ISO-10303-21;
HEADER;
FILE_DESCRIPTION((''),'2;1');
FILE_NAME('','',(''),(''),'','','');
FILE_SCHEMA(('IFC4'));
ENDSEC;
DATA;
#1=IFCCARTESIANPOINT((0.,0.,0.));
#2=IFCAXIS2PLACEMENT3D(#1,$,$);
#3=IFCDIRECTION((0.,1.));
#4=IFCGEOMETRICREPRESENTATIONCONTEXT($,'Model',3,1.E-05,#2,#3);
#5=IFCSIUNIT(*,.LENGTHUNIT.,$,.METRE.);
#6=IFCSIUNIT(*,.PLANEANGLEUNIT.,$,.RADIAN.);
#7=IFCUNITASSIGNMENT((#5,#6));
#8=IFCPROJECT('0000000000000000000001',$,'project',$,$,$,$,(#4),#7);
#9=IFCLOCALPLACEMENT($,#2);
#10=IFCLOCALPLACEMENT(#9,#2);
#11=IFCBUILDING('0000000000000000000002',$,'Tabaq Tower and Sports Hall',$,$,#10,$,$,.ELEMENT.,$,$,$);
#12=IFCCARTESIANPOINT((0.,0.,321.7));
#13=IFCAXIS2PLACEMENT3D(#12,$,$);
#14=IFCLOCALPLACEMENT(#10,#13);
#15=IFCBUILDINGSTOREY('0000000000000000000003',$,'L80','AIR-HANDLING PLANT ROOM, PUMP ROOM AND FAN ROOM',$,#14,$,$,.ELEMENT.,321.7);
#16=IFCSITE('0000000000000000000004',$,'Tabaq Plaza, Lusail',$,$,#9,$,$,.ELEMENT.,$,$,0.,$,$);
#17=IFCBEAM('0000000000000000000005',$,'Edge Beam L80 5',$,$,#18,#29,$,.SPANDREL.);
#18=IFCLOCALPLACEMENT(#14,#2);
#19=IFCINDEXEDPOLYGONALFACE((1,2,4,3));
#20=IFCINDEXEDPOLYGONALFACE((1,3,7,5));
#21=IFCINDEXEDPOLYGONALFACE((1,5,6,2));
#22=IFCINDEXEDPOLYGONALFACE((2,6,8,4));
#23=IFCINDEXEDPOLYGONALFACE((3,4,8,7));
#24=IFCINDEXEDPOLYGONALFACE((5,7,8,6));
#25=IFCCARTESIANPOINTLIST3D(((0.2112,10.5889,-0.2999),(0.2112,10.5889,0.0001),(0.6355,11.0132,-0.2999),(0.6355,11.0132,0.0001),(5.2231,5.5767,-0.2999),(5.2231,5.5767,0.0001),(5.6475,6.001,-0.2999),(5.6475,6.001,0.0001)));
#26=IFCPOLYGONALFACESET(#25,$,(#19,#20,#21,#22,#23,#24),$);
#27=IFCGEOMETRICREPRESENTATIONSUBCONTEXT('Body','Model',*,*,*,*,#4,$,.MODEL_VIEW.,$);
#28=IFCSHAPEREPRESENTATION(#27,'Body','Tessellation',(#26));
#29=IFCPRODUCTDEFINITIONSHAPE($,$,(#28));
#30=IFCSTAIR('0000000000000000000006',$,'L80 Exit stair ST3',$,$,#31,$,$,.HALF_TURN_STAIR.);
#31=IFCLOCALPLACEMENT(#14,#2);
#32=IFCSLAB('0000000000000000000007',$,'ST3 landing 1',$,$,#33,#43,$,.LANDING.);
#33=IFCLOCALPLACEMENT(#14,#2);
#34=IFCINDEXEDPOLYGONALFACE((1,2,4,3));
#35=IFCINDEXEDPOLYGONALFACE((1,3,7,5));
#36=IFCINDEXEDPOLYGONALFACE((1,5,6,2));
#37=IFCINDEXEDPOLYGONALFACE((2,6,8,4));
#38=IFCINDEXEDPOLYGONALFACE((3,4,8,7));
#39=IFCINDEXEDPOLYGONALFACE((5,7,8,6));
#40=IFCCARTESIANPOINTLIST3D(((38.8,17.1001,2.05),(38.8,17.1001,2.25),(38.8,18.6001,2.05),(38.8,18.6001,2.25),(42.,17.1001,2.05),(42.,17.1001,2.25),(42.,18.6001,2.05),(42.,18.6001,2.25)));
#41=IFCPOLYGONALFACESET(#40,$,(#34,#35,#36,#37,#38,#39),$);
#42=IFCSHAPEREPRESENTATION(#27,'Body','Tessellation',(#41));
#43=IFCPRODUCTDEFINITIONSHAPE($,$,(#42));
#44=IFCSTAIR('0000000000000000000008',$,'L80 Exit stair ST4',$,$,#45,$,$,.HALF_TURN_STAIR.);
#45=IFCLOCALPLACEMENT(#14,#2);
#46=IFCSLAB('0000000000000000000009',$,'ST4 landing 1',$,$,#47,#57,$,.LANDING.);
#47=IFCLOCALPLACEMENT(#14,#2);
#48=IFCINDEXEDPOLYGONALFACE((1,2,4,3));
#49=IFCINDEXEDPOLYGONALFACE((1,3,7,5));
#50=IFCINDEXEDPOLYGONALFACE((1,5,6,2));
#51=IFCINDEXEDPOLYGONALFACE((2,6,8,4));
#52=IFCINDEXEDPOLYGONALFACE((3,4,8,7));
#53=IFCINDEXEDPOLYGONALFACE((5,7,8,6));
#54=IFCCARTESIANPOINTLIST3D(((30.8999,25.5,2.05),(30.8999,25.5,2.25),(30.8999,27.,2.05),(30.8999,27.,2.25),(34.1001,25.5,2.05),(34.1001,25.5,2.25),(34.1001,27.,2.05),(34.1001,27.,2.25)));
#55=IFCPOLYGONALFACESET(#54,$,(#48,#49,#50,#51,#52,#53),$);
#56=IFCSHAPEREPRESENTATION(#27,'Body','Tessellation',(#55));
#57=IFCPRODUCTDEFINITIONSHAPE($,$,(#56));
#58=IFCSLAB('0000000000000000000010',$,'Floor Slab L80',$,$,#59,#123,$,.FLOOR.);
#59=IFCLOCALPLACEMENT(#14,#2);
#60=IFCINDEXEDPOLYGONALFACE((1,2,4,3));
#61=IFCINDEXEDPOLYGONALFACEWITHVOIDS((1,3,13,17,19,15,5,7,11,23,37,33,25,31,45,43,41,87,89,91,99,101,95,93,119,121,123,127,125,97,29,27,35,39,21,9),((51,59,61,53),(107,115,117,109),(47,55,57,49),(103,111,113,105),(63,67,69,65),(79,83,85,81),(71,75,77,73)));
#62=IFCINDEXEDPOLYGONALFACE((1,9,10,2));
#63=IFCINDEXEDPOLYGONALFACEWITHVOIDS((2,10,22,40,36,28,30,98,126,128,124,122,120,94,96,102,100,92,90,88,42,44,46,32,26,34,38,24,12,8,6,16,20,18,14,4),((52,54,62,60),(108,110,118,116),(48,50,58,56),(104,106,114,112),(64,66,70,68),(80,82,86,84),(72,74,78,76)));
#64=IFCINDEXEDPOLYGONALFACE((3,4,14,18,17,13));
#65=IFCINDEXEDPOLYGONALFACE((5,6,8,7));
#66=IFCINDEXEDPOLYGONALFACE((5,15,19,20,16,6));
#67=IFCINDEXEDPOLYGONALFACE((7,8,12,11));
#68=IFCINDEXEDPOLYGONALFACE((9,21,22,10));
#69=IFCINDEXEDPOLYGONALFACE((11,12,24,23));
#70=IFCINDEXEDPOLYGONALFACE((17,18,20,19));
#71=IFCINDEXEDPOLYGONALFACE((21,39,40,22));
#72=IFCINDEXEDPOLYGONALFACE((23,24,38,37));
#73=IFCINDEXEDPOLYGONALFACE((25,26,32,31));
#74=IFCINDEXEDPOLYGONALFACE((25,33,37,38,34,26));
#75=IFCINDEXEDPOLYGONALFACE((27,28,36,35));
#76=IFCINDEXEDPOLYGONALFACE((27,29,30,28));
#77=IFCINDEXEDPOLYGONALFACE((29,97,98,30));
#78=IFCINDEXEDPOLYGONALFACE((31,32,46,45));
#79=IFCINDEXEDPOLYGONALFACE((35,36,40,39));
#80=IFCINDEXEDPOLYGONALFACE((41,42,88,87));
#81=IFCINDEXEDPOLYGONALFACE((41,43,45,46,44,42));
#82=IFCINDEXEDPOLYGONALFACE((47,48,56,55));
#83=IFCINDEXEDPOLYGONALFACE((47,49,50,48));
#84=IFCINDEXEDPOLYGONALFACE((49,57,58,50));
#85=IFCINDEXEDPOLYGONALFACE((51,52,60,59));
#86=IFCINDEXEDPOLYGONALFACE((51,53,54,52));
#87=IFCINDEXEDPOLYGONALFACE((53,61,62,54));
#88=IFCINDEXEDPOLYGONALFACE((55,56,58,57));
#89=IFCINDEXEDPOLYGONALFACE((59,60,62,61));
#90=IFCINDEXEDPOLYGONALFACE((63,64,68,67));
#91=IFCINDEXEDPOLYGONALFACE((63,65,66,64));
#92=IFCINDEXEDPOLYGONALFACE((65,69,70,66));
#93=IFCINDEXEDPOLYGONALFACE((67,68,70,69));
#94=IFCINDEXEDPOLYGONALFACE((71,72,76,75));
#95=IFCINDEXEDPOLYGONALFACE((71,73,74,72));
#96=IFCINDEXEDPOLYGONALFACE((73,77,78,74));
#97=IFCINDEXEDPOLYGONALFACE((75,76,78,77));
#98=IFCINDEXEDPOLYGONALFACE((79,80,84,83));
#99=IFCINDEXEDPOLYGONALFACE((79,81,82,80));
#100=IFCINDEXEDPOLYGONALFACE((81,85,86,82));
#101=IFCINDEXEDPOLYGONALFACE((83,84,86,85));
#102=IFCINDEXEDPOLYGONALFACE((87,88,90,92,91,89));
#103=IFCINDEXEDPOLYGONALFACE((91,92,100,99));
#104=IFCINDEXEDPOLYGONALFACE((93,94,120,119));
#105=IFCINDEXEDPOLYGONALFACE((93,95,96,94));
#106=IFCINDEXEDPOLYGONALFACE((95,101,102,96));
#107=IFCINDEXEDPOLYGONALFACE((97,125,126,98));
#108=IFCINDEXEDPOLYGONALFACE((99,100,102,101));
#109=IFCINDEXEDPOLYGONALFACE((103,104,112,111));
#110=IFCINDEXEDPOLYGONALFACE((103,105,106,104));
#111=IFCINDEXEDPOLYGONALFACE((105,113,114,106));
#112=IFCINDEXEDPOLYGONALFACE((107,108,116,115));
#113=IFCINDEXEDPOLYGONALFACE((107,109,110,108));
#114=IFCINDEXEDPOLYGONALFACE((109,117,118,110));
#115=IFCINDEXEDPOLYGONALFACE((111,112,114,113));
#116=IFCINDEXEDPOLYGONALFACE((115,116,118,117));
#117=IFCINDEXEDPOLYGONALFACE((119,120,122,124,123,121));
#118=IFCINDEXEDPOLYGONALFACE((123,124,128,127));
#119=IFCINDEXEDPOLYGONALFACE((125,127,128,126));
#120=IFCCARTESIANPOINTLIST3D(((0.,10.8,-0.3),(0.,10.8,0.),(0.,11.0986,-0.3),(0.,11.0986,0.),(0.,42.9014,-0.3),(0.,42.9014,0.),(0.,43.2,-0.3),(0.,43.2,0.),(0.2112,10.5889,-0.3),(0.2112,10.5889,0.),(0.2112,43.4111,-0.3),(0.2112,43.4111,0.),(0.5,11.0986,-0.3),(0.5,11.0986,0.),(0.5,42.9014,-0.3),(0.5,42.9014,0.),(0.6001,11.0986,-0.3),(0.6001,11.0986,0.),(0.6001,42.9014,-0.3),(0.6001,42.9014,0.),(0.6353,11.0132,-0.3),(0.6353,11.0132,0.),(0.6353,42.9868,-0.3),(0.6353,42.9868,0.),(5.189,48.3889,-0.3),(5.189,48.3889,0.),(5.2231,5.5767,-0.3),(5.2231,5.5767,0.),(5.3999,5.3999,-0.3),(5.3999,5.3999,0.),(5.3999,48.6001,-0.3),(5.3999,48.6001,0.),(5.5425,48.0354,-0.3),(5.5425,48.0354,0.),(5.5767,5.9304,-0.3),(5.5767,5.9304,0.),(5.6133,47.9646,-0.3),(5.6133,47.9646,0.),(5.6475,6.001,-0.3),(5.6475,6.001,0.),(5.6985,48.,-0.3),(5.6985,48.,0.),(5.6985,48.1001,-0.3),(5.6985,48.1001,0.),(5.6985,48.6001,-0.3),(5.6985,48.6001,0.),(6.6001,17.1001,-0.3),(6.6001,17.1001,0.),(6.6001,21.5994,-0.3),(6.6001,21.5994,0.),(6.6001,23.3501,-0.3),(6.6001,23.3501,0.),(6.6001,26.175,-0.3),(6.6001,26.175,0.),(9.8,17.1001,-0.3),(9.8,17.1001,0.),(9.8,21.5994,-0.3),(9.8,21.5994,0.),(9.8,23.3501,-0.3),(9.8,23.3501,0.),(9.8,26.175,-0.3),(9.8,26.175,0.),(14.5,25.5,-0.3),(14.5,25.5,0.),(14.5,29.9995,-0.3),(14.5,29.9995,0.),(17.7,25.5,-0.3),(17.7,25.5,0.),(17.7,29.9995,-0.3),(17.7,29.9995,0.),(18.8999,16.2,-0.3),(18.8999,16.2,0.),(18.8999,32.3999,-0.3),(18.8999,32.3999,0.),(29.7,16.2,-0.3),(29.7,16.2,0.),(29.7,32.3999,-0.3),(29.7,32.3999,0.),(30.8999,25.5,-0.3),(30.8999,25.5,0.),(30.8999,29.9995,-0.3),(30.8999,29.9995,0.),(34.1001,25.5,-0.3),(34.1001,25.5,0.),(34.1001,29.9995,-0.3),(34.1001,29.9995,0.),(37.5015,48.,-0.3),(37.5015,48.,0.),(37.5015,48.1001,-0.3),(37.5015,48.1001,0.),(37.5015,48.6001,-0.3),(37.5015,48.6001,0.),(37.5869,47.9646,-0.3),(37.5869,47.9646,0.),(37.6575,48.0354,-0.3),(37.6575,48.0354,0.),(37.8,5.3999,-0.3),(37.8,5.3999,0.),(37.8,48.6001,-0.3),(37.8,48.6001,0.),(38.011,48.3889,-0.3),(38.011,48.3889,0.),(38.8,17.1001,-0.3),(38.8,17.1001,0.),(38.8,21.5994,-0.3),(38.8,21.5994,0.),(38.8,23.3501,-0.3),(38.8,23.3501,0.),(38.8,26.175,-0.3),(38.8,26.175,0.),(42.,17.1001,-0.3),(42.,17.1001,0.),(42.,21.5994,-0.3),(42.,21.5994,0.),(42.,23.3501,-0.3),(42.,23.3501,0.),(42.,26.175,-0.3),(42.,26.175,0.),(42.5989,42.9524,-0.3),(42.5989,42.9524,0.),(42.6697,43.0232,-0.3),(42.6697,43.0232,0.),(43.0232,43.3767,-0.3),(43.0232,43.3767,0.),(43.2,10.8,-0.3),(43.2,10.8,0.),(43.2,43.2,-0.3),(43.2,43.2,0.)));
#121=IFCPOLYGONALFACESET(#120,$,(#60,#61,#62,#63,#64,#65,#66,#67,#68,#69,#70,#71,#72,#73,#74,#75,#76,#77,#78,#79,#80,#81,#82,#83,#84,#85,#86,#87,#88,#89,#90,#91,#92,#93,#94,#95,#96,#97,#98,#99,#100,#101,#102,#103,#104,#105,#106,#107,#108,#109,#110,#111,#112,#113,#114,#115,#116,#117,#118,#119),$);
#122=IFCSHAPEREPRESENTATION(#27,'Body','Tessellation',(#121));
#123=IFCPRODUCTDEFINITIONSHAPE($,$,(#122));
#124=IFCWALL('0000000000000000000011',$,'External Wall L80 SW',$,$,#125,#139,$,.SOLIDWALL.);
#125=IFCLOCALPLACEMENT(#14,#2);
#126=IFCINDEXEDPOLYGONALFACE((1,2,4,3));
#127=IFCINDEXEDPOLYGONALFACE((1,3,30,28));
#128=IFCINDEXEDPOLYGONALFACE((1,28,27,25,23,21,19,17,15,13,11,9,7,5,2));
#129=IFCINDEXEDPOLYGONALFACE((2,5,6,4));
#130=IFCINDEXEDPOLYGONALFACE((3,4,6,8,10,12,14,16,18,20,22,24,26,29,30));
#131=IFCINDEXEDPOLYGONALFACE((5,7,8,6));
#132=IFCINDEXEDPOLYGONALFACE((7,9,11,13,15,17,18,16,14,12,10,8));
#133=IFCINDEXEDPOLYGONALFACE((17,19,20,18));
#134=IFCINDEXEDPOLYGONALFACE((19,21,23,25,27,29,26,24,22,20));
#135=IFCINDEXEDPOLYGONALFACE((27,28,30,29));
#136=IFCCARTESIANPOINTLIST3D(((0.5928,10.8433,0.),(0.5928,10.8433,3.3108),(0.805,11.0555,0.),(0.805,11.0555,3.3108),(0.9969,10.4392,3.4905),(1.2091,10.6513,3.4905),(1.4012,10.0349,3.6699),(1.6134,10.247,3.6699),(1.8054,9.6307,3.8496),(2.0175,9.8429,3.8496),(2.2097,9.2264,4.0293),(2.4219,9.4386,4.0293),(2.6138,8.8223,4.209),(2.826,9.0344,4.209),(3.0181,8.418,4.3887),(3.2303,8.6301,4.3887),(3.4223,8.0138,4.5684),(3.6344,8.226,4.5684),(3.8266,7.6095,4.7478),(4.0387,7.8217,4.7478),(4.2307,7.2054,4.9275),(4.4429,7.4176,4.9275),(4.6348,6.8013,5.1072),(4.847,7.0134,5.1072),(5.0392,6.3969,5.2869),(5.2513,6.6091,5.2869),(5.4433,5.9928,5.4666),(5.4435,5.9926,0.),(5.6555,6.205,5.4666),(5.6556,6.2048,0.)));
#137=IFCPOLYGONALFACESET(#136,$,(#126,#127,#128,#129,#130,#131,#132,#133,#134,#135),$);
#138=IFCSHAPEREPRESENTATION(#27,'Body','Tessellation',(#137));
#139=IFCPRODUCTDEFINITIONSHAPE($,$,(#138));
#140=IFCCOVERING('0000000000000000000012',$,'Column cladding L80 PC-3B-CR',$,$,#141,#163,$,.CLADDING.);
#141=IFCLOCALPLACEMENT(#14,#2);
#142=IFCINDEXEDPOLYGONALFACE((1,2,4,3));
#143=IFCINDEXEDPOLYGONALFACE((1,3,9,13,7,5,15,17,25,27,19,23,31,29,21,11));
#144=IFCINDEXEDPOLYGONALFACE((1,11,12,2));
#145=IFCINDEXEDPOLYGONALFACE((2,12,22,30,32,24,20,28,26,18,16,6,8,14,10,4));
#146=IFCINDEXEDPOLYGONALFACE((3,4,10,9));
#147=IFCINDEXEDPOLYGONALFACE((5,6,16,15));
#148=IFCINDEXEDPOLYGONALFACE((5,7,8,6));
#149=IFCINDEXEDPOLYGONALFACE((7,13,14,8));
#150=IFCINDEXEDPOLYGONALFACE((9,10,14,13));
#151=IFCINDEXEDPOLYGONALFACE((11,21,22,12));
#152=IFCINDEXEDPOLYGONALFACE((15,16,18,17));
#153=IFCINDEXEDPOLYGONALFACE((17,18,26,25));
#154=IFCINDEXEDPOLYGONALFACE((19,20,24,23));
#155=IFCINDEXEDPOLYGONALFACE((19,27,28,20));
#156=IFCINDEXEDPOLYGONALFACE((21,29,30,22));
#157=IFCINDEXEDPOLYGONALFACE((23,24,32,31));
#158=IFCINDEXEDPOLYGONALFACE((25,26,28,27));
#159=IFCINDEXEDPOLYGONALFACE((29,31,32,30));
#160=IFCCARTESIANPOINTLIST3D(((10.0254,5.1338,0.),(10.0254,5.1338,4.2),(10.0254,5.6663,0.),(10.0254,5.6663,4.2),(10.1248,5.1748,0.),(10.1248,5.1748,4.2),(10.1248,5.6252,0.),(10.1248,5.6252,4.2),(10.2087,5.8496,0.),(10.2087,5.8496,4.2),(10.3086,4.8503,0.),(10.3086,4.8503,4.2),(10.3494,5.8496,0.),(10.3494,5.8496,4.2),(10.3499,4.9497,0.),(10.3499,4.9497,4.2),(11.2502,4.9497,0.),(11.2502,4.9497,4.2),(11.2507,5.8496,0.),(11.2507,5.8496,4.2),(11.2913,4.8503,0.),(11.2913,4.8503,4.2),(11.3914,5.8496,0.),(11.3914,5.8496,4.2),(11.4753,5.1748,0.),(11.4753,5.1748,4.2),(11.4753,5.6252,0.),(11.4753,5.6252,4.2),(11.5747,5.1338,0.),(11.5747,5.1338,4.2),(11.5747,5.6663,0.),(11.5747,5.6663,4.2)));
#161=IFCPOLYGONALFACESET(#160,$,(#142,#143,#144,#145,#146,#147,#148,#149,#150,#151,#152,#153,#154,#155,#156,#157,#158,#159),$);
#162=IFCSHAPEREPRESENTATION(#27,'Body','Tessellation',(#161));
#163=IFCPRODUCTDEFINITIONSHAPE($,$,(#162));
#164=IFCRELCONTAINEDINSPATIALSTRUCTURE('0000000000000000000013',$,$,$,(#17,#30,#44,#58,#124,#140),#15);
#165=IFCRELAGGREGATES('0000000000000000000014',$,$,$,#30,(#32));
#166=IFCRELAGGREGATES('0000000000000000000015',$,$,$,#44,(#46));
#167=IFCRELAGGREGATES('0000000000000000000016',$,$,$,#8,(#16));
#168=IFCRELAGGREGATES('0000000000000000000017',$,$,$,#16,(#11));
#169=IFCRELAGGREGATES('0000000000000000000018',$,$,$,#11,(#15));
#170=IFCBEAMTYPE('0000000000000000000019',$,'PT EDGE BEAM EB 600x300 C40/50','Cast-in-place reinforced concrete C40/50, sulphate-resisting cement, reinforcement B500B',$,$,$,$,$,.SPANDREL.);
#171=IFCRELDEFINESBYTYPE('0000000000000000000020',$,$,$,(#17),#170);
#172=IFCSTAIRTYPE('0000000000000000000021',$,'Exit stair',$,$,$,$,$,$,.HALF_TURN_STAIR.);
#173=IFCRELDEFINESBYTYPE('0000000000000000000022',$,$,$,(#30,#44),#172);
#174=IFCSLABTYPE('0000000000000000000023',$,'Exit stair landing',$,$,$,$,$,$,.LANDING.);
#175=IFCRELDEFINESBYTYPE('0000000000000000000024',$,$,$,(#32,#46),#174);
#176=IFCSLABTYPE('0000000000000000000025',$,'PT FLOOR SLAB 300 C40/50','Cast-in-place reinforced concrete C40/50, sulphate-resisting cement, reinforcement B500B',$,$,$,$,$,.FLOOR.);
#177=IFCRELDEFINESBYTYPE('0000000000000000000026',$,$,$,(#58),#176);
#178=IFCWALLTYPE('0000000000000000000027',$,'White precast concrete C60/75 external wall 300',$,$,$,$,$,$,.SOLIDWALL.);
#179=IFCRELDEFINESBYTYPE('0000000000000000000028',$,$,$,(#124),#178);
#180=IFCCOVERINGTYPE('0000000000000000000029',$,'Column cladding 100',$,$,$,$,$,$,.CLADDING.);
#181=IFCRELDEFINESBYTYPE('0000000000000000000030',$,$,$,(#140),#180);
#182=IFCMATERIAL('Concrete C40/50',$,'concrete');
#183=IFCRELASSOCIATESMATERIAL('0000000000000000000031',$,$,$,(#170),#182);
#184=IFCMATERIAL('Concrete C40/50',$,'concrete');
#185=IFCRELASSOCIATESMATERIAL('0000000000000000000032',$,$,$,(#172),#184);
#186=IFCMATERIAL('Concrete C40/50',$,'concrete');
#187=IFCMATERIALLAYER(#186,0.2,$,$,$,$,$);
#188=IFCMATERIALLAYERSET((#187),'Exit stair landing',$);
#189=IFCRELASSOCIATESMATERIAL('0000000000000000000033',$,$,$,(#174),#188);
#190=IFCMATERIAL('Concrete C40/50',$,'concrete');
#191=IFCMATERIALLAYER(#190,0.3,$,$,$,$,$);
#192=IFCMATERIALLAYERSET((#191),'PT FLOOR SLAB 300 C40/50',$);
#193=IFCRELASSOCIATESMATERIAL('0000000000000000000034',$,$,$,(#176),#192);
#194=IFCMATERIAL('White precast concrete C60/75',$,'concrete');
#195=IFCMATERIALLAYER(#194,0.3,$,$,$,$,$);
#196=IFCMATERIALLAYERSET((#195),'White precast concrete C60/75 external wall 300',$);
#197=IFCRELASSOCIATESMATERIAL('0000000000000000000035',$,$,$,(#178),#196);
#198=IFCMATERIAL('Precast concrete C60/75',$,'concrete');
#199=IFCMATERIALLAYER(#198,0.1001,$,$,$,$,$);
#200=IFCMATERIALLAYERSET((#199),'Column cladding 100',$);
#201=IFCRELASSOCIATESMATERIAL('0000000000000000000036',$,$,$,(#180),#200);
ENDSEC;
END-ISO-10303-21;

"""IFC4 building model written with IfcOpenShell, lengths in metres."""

from ifc_helpers import new_model, si_unit, direction, frame, origin, origin_2d, place, context, subcontext, project, spatial, polyline, rectangle, outline, extrude, material, layer, layer_set, material_profile, profile_set, type_object, element, aggregate, save


model = new_model("IFC4")

# Units and contexts
model_context = context("Model", 3, precision=1e-05, world=origin(), true_north=direction((0.0, 1.0)))
body_context = subcontext(model_context, "Body", "Model", "MODEL_VIEW")
ifc_project = project(units=[si_unit("LENGTHUNIT", "METRE"), si_unit("PLANEANGLEUNIT", "RADIAN")], contexts=[model_context])

# Site, building, storey
site_placement = place(None, origin())
site = spatial("IfcSite", under=ifc_project, at=site_placement, Name="Tabaq Plaza, Lusail", CompositionType="ELEMENT", RefElevation=0.0)
building_placement = place(site_placement, origin())
building = spatial("IfcBuilding", under=site, at=building_placement, Name="Tabaq Tower and Sports Hall", CompositionType="ELEMENT")
storey_placement = place(building_placement, frame((0.0, 0.0, 321.7)))
storey = spatial("IfcBuildingStorey", under=building, at=storey_placement, Name="L80", Description="AIR-HANDLING PLANT ROOM, PUMP ROOM AND FAN ROOM", CompositionType="ELEMENT", Elevation=321.7)

# Beam
ifc_material_1 = material(Name="Concrete C40/50", Category="concrete")
ifc_material_profile = material_profile(ifc_material_1, rectangle(XDim=0.6001, YDim=0.3, at=origin_2d()), Name="EB 600x300")
ifc_profile_set = profile_set([ifc_material_profile], Name="Concrete C40/50")
beam_type = type_object("IfcBeamType", Name="PT EDGE BEAM EB 600x300 C40/50", Description="Cast-in-place reinforced concrete C40/50, sulphate-resisting cement, reinforcement B500B", PredefinedType="SPANDREL", material=ifc_profile_set)
beam_placement = place(storey_placement, frame((0.4233, 10.801, -0.1499), z_axis=(0.70709, -0.707124, 0.0), x_axis=(0.707124, 0.70709, 0.0)))
element("IfcBeam", 1, at=beam_placement, inside=storey, type_object=beam_type, Name="Edge Beam L80 5", PredefinedType="SPANDREL", context=body_context, shape_type="SweptSolid", body=[
    extrude(rectangle(XDim=0.6001, YDim=0.3, at=origin_2d()), origin(), (0.0, 0.0, 1.0), 7.0881),
])

# Stairs, slabs
ifc_material_2 = material(Name="Concrete C40/50", Category="concrete")
stair_type = type_object("IfcStairType", Name="Exit stair", PredefinedType="HALF_TURN_STAIR", material=ifc_material_2)
stair_1_placement = place(storey_placement, origin())
stair_1 = element("IfcStair", 2, at=stair_1_placement, inside=storey, type_object=stair_type, Name="L80 Exit stair ST3", PredefinedType="HALF_TURN_STAIR")
ifc_material_3 = material(Name="Concrete C40/50", Category="concrete")
ifc_layer_1 = layer(ifc_material_3, 0.2)
ifc_layer_set_1 = layer_set([ifc_layer_1], Name="Exit stair landing")
slab_type_1 = type_object("IfcSlabType", Name="Exit stair landing", PredefinedType="LANDING", material=ifc_layer_set_1)
slab_1_placement = place(storey_placement, frame((0.0, 0.0, 2.05)))
slab_1 = element("IfcSlab", 3, at=slab_1_placement, type_object=slab_type_1, Name="ST3 landing 1", PredefinedType="LANDING", context=body_context, shape_type="SweptSolid", body=[
    extrude(outline(polyline([(38.8, 18.6001), (38.8, 17.1001), (42.0, 17.1001), (42.0, 18.6001), (38.8, 18.6001)])), origin(), (0.0, 0.0, 1.0), 0.2),
])
aggregate(stair_1, [slab_1])
stair_2_placement = place(storey_placement, origin())
stair_2 = element("IfcStair", 4, at=stair_2_placement, inside=storey, type_object=stair_type, Name="L80 Exit stair ST4", PredefinedType="HALF_TURN_STAIR")
slab_2_placement = place(storey_placement, frame((0.0, 0.0, 2.05)))
slab_2 = element("IfcSlab", 5, at=slab_2_placement, type_object=slab_type_1, Name="ST4 landing 1", PredefinedType="LANDING", context=body_context, shape_type="SweptSolid", body=[
    extrude(outline(polyline([(30.8999, 27.0), (30.8999, 25.5), (34.1001, 25.5), (34.1001, 27.0), (30.8999, 27.0)])), origin(), (0.0, 0.0, 1.0), 0.2),
])
aggregate(stair_2, [slab_2])

# Slab
ifc_material_4 = material(Name="Concrete C40/50", Category="concrete")
ifc_layer_2 = layer(ifc_material_4, 0.3)
ifc_layer_set_2 = layer_set([ifc_layer_2], Name="PT FLOOR SLAB 300 C40/50")
slab_type_2 = type_object("IfcSlabType", Name="PT FLOOR SLAB 300 C40/50", Description="Cast-in-place reinforced concrete C40/50, sulphate-resisting cement, reinforcement B500B", PredefinedType="FLOOR", material=ifc_layer_set_2)
slab_3_placement = place(storey_placement, frame((0.0, 0.0, -0.3)))
element("IfcSlab", 6, at=slab_3_placement, inside=storey, type_object=slab_type_2, Name="Floor Slab L80", PredefinedType="FLOOR", context=body_context, shape_type="SweptSolid", body=[
    extrude(outline(polyline([(0.0, 11.0986), (0.0, 10.8), (0.2112, 10.5889), (0.6353, 11.0132), (5.6475, 6.001), (5.5767, 5.9304), (5.2231, 5.5767), (5.3999, 5.3999), (37.8, 5.3999), (43.2, 10.8), (43.2, 43.2), (43.0232, 43.3767), (42.6697, 43.0232), (42.5989, 42.9524), (37.5869, 47.9646), (37.6575, 48.0354), (38.011, 48.3889), (37.8, 48.6001), (37.5015, 48.6001), (37.5015, 48.1001), (37.5015, 48.0), (5.6985, 48.0), (5.6985, 48.1001), (5.6985, 48.6001), (5.3999, 48.6001), (5.189, 48.3889), (5.5425, 48.0354), (5.6133, 47.9646), (0.6353, 42.9868), (0.2112, 43.4111), (0.0, 43.2), (0.0, 42.9014), (0.5, 42.9014), (0.6001, 42.9014), (0.6001, 11.0986), (0.5, 11.0986), (0.0, 11.0986)]), holes=[polyline([(6.6001, 17.1001), (6.6001, 21.5994), (9.8, 21.5994), (9.8, 17.1001), (6.6001, 17.1001)]), polyline([(38.8, 21.5994), (42.0, 21.5994), (42.0, 17.1001), (38.8, 17.1001), (38.8, 21.5994)]), polyline([(18.8999, 16.2), (18.8999, 32.3999), (29.7, 32.3999), (29.7, 16.2), (18.8999, 16.2)]), polyline([(6.6001, 26.175), (9.8, 26.175), (9.8, 23.3501), (6.6001, 23.3501), (6.6001, 26.175)]), polyline([(38.8, 26.175), (42.0, 26.175), (42.0, 23.3501), (38.8, 23.3501), (38.8, 26.175)]), polyline([(14.5, 29.9995), (17.7, 29.9995), (17.7, 25.5), (14.5, 25.5), (14.5, 29.9995)]), polyline([(30.8999, 29.9995), (34.1001, 29.9995), (34.1001, 25.5), (30.8999, 25.5), (30.8999, 29.9995)])]), origin(), (0.0, 0.0, 1.0), 0.3),
])

# Wall
ifc_material_5 = material(Name="White precast concrete C60/75", Category="concrete")
ifc_layer_3 = layer(ifc_material_5, 0.3)
ifc_layer_set_3 = layer_set([ifc_layer_3], Name="White precast concrete C60/75 external wall 300")
wall_type = type_object("IfcWallType", Name="White precast concrete C60/75 external wall 300", PredefinedType="SOLIDWALL", material=ifc_layer_set_3)
wall_placement = place(storey_placement, frame((0.699, 10.9495, 0.0), z_axis=(0.0, 0.0, 1.0), x_axis=(0.707107, -0.707107, 0.0)))
element("IfcWall", 7, at=wall_placement, inside=storey, type_object=wall_type, Name="External Wall L80 SW", PredefinedType="SOLIDWALL", context=body_context, shape_type="SweptSolid", body=[
    extrude(outline(polyline([(0.0, 0.0), (6.8599, 0.0), (6.8596, 5.4666), (6.2881, 5.2869), (5.7163, 5.1072), (5.1448, 4.9275), (4.5732, 4.7478), (4.0015, 4.5684), (3.4299, 4.3887), (2.8582, 4.209), (2.2866, 4.0293), (1.7148, 3.8496), (1.1433, 3.6699), (0.5715, 3.4905), (0.0, 3.3108), (0.0, 0.0)])), frame((0.0, 0.1499, 0.0), z_axis=(0.0, -1.0, 0.0), x_axis=(1.0, 0.0, 0.0)), (0.0, 0.0, 1.0), 0.3),
])

# Covering
ifc_material_6 = material(Name="Precast concrete C60/75", Category="concrete")
ifc_layer_4 = layer(ifc_material_6, 0.1001)
ifc_layer_set_4 = layer_set([ifc_layer_4], Name="Column cladding 100")
covering_type_1 = type_object("IfcCoveringType", Name="Column cladding 100", PredefinedType="CLADDING", material=ifc_layer_set_4)
covering_1_placement = place(storey_placement, origin())
element("IfcCovering", 8, at=covering_1_placement, inside=storey, type_object=covering_type_1, Name="Column cladding L80 PC-3B-CR", PredefinedType="CLADDING", context=body_context, shape_type="SweptSolid", body=[
    extrude(outline(polyline([(10.0254, 5.6663), (10.2087, 5.8496), (10.3494, 5.8496), (10.1248, 5.6252), (10.1248, 5.1748), (10.3499, 4.9497), (11.2502, 4.9497), (11.4753, 5.1748), (11.4753, 5.6252), (11.2507, 5.8496), (11.3914, 5.8496), (11.5747, 5.6663), (11.5747, 5.1338), (11.2913, 4.8503), (10.3086, 4.8503), (10.0254, 5.1338), (10.0254, 5.6663)])), origin(), (0.0, 0.0, 1.0), 4.2),
])

save(model, "model.ifc")
